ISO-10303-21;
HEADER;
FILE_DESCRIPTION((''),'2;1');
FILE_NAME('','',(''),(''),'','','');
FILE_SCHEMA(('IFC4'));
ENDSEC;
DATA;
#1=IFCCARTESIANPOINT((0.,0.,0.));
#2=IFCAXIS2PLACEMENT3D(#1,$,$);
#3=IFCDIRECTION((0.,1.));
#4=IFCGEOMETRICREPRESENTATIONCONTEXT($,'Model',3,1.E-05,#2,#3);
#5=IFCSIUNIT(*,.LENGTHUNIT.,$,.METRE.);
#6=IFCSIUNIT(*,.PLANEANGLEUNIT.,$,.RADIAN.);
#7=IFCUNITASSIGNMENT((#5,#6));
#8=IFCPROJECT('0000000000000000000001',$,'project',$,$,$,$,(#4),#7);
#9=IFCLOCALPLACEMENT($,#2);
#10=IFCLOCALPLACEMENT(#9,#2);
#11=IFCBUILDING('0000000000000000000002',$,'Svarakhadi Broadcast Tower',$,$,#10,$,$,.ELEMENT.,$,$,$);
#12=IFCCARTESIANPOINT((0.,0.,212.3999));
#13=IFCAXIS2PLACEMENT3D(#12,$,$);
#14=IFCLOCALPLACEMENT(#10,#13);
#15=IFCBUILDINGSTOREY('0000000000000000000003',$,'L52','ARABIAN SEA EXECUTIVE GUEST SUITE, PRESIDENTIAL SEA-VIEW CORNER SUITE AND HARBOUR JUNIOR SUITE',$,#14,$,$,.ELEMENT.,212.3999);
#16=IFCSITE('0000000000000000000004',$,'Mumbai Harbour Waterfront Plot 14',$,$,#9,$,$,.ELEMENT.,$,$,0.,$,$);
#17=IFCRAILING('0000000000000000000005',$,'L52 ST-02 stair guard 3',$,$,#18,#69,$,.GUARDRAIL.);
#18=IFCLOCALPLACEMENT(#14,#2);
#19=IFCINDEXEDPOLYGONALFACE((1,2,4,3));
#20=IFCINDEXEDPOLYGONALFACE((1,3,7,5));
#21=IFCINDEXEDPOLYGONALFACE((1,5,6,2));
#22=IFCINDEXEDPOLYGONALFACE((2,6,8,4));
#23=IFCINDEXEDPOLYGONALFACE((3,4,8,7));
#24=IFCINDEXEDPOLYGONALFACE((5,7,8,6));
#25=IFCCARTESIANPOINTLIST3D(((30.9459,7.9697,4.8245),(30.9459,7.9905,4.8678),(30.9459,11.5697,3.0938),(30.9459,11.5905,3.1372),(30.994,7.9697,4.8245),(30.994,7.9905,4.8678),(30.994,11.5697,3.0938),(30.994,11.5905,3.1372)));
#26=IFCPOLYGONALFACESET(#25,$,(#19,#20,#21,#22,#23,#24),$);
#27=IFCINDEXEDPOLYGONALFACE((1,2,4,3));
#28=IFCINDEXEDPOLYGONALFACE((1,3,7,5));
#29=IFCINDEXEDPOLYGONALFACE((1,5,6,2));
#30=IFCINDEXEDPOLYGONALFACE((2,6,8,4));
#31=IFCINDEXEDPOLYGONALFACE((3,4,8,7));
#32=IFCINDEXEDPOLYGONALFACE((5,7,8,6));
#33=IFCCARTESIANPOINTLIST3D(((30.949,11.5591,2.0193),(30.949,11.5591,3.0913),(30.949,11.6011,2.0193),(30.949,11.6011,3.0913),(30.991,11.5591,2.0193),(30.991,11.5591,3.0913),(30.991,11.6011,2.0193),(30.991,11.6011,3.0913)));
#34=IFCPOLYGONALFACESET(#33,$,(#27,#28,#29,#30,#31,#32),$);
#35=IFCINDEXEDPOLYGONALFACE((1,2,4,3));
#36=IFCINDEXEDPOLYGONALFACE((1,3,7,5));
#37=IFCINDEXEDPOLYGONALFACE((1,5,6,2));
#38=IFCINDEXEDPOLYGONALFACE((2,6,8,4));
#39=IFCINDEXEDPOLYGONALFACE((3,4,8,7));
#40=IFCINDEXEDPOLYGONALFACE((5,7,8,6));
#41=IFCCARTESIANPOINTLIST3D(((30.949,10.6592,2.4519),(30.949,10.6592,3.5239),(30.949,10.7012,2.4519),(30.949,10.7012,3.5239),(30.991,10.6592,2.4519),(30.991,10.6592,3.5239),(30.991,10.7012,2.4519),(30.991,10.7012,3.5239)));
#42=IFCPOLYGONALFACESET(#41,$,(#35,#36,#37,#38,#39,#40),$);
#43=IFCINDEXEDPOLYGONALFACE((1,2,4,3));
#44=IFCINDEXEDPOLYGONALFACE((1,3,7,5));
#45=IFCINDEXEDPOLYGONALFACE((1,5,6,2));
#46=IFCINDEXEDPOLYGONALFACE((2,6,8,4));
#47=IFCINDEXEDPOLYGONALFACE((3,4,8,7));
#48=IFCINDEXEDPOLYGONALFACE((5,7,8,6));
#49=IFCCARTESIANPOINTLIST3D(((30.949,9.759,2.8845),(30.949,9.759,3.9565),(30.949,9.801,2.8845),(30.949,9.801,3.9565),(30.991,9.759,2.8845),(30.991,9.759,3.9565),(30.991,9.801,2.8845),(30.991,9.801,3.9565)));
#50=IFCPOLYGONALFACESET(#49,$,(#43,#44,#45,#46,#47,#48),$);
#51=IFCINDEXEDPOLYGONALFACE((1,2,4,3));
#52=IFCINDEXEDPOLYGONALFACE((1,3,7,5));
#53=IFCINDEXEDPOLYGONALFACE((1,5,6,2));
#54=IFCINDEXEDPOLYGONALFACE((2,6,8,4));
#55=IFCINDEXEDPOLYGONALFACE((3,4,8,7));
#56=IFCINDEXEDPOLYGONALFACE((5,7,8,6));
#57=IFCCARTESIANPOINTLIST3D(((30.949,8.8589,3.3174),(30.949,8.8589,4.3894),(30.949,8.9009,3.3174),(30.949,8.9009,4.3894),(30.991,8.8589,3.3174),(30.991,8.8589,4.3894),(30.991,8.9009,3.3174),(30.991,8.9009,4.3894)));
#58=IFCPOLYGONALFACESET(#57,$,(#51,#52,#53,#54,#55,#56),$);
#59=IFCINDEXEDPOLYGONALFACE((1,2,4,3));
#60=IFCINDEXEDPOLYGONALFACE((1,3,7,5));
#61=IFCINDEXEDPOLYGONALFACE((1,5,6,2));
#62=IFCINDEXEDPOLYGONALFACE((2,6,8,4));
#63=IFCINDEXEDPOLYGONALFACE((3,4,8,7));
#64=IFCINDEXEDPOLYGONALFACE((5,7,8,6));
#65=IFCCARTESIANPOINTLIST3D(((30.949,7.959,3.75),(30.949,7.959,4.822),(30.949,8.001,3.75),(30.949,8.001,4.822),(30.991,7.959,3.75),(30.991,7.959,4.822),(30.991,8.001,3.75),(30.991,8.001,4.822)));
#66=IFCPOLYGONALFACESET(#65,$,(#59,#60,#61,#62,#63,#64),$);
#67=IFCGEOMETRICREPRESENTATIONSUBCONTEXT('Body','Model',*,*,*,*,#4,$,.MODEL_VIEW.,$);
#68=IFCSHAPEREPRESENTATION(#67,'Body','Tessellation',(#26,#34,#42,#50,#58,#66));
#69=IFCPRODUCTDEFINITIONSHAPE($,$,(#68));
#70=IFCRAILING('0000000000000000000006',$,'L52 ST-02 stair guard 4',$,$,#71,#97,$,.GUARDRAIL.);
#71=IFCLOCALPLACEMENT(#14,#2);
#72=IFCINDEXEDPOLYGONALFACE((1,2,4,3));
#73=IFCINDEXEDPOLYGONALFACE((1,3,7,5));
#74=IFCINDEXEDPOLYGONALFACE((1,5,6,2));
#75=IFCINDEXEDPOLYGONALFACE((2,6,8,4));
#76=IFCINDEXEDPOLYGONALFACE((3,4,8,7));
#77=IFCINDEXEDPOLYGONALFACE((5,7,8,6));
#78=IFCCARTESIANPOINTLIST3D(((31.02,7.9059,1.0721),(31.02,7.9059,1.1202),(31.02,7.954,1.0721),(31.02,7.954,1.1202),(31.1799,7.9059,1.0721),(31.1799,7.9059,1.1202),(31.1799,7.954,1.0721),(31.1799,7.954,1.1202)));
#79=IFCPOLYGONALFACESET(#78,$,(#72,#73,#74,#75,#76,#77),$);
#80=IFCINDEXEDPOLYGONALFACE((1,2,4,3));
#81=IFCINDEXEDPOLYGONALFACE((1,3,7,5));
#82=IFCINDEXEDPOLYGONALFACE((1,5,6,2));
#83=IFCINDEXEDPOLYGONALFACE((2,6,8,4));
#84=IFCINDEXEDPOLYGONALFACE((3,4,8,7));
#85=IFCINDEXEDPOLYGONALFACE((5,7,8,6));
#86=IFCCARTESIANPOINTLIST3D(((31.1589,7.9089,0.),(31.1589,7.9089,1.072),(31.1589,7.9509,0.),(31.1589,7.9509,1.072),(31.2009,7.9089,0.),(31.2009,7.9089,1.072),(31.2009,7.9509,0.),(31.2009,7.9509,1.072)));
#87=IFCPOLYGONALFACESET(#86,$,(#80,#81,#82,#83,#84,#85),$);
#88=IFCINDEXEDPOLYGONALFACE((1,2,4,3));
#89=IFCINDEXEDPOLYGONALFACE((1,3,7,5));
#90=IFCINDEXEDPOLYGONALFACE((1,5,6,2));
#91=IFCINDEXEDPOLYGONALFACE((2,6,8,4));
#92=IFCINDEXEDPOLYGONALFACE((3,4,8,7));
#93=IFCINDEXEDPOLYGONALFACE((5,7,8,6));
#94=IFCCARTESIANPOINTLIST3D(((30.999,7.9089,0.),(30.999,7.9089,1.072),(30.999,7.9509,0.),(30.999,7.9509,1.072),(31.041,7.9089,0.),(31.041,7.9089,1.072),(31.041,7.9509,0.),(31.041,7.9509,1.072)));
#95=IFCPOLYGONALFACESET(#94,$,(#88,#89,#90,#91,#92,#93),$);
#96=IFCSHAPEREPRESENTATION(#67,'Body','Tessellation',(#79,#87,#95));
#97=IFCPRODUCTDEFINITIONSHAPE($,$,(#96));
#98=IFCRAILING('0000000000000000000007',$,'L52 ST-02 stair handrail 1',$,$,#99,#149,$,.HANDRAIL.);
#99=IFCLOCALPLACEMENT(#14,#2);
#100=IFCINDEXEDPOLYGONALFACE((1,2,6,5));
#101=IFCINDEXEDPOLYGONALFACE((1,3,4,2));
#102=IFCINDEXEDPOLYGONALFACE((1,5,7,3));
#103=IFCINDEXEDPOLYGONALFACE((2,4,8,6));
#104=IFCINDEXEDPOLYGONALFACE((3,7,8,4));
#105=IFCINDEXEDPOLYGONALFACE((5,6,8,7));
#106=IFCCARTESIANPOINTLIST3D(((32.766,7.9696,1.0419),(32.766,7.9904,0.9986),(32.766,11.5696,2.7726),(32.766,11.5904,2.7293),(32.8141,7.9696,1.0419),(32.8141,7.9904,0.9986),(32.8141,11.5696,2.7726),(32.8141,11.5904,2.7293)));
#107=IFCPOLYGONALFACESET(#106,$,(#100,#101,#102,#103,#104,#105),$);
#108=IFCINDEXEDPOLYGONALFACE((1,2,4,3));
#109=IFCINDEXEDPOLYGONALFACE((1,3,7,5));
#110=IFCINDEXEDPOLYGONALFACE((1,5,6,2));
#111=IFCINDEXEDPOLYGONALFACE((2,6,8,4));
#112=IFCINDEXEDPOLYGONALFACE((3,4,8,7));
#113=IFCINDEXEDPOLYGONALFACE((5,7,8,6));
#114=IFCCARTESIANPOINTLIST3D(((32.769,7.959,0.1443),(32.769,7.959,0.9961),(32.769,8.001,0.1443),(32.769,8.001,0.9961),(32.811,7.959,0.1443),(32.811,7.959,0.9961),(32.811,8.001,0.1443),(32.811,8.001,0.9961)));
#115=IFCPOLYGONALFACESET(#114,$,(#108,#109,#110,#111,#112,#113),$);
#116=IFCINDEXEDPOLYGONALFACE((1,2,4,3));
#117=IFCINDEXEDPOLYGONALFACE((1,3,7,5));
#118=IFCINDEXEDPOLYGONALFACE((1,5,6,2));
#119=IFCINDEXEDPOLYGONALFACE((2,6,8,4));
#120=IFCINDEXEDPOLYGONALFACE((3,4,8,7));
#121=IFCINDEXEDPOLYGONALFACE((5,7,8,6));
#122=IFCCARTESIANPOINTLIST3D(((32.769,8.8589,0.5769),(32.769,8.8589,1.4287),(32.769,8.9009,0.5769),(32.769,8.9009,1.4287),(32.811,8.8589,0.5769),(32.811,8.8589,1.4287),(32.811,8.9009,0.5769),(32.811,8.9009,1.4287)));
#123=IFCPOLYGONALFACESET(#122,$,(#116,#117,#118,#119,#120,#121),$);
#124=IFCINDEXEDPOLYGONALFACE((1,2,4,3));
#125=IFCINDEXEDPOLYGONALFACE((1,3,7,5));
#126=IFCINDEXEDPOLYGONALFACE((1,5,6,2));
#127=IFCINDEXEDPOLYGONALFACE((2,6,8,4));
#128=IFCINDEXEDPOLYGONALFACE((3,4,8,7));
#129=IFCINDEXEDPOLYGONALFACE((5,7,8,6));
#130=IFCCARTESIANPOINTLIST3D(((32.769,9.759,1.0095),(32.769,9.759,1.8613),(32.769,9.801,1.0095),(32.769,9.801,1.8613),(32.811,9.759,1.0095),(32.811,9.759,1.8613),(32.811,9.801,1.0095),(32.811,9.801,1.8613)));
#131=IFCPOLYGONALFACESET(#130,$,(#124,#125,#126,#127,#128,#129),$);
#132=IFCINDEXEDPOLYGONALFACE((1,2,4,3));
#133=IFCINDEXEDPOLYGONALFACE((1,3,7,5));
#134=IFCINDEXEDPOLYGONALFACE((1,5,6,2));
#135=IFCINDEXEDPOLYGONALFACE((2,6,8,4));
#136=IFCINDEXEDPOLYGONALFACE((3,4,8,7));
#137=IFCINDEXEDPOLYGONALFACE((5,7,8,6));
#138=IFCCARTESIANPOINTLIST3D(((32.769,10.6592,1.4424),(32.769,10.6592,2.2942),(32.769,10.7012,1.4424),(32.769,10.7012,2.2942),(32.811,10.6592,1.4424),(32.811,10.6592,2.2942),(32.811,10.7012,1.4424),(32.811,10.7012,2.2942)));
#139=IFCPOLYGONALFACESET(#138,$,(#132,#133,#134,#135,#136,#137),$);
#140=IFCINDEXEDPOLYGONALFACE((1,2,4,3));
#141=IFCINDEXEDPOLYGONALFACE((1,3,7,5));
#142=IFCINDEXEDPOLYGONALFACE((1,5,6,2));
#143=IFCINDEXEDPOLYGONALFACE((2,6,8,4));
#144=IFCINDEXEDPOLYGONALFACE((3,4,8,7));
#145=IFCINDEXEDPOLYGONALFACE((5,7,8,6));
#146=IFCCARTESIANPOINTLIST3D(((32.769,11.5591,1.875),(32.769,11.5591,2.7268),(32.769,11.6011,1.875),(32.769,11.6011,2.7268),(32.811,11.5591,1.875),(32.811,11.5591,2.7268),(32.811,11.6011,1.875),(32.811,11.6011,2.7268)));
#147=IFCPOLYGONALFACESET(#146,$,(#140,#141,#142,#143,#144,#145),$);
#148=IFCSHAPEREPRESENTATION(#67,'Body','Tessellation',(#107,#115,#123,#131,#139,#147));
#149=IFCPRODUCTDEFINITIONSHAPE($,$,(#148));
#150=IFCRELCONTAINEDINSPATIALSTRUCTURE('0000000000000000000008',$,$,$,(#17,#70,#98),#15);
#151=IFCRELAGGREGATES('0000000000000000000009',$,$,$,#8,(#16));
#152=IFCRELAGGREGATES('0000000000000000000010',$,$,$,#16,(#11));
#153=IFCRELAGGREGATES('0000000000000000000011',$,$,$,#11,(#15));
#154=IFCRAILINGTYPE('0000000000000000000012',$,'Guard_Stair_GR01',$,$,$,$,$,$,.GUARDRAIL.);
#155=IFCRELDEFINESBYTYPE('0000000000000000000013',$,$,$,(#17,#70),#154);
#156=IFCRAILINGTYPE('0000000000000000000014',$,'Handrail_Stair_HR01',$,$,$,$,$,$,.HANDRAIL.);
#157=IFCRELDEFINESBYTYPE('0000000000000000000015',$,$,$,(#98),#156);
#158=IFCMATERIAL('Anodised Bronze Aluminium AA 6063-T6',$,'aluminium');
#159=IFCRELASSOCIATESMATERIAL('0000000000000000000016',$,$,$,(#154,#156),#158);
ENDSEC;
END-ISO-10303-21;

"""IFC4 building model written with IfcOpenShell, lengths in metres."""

from ifc_helpers import new_model, si_unit, direction, frame, origin, origin_2d, place, context, subcontext, project, spatial, rectangle, extrude, material, type_object, element, save


model = new_model("IFC4")

# Units and contexts
model_context = context("Model", 3, precision=1e-05, world=origin(), true_north=direction((0.0, 1.0)))
body_context = subcontext(model_context, "Body", "Model", "MODEL_VIEW")
ifc_project = project(units=[si_unit("LENGTHUNIT", "METRE"), si_unit("PLANEANGLEUNIT", "RADIAN")], contexts=[model_context])

# Site, building, storey
site_placement = place(None, origin())
site = spatial("IfcSite", under=ifc_project, at=site_placement, Name="Mumbai Harbour Waterfront Plot 14", CompositionType="ELEMENT", RefElevation=0.0)
building_placement = place(site_placement, origin())
building = spatial("IfcBuilding", under=site, at=building_placement, Name="Svarakhadi Broadcast Tower", CompositionType="ELEMENT")
storey_placement = place(building_placement, frame((0.0, 0.0, 212.3999)))
storey = spatial("IfcBuildingStorey", under=building, at=storey_placement, Name="L52", Description="ARABIAN SEA EXECUTIVE GUEST SUITE, PRESIDENTIAL SEA-VIEW CORNER SUITE AND HARBOUR JUNIOR SUITE", CompositionType="ELEMENT", Elevation=212.3999)

# Shared definitions
ifc_material_1 = material(Name="Anodised Bronze Aluminium AA 6063-T6", Category="aluminium")

# Railings
railing_type_1 = type_object("IfcRailingType", Name="Guard_Stair_GR01", PredefinedType="GUARDRAIL", material=ifc_material_1)
railing_1_placement = place(storey_placement, frame((30.97, 11.5801, 2.0193)))
element("IfcRailing", 1, at=railing_1_placement, inside=storey, type_object=railing_type_1, Name="L52 ST-02 stair guard 3", PredefinedType="GUARDRAIL", context=body_context, shape_type="SweptSolid", body=[
    extrude(rectangle(XDim=0.0481, YDim=0.0481, at=origin_2d()), frame((0.0, 0.0, 1.0962), z_axis=(0.0, -0.901263, 0.433273), x_axis=(1.0, 0.0, 0.0)), (0.0, 0.0, 1.0), 3.9944),
    extrude(rectangle(XDim=0.042, YDim=0.042, at=origin_2d()), origin(), (0.0, 0.0, 1.0), 1.072),
    extrude(rectangle(XDim=0.042, YDim=0.042, at=origin_2d()), frame((0.0, -0.8999, 0.4326)), (0.0, 0.0, 1.0), 1.072),
    extrude(rectangle(XDim=0.042, YDim=0.042, at=origin_2d()), frame((0.0, -1.8, 0.8652)), (0.0, 0.0, 1.0), 1.072),
    extrude(rectangle(XDim=0.042, YDim=0.042, at=origin_2d()), frame((0.0, -2.7002, 1.2981)), (0.0, 0.0, 1.0), 1.072),
    extrude(rectangle(XDim=0.042, YDim=0.042, at=origin_2d()), frame((0.0, -3.6001, 1.7307)), (0.0, 0.0, 1.0), 1.072),
])
railing_2_placement = place(storey_placement, frame((31.1799, 7.9299, 0.0)))
element("IfcRailing", 2, at=railing_2_placement, inside=storey, type_object=railing_type_1, Name="L52 ST-02 stair guard 4", PredefinedType="GUARDRAIL", context=body_context, shape_type="SweptSolid", body=[
    extrude(rectangle(XDim=0.0481, YDim=0.0481, at=origin_2d()), frame((0.0, 0.0, 1.0962), z_axis=(-1.0, 0.0, 0.0), x_axis=(0.0, -1.0, 0.0)), (0.0, 0.0, 1.0), 0.1599),
    extrude(rectangle(XDim=0.042, YDim=0.042, at=origin_2d()), origin(), (0.0, 0.0, 1.0), 1.072),
    extrude(rectangle(XDim=0.042, YDim=0.042, at=origin_2d()), frame((-0.1599, 0.0, 0.0)), (0.0, 0.0, 1.0), 1.072),
])
railing_type_2 = type_object("IfcRailingType", Name="Handrail_Stair_HR01", PredefinedType="HANDRAIL", material=ifc_material_1)
railing_3_placement = place(storey_placement, frame((32.79, 7.98, 0.1443)))
element("IfcRailing", 3, at=railing_3_placement, inside=storey, type_object=railing_type_2, Name="L52 ST-02 stair handrail 1", PredefinedType="HANDRAIL", context=body_context, shape_type="SweptSolid", body=[
    extrude(rectangle(XDim=0.0481, YDim=0.0481, at=origin_2d()), frame((0.0, 0.0, 0.876), z_axis=(0.0, 0.901263, 0.433273), x_axis=(-1.0, 0.0, 0.0)), (0.0, 0.0, 1.0), 3.9944),
    extrude(rectangle(XDim=0.042, YDim=0.042, at=origin_2d()), origin(), (0.0, 0.0, 1.0), 0.8518),
    extrude(rectangle(XDim=0.042, YDim=0.042, at=origin_2d()), frame((0.0, 0.8999, 0.4326)), (0.0, 0.0, 1.0), 0.8518),
    extrude(rectangle(XDim=0.042, YDim=0.042, at=origin_2d()), frame((0.0, 1.8, 0.8652)), (0.0, 0.0, 1.0), 0.8518),
    extrude(rectangle(XDim=0.042, YDim=0.042, at=origin_2d()), frame((0.0, 2.7002, 1.2981)), (0.0, 0.0, 1.0), 0.8518),
    extrude(rectangle(XDim=0.042, YDim=0.042, at=origin_2d()), frame((0.0, 3.6001, 1.7307)), (0.0, 0.0, 1.0), 0.8518),
])

save(model, "model.ifc")
